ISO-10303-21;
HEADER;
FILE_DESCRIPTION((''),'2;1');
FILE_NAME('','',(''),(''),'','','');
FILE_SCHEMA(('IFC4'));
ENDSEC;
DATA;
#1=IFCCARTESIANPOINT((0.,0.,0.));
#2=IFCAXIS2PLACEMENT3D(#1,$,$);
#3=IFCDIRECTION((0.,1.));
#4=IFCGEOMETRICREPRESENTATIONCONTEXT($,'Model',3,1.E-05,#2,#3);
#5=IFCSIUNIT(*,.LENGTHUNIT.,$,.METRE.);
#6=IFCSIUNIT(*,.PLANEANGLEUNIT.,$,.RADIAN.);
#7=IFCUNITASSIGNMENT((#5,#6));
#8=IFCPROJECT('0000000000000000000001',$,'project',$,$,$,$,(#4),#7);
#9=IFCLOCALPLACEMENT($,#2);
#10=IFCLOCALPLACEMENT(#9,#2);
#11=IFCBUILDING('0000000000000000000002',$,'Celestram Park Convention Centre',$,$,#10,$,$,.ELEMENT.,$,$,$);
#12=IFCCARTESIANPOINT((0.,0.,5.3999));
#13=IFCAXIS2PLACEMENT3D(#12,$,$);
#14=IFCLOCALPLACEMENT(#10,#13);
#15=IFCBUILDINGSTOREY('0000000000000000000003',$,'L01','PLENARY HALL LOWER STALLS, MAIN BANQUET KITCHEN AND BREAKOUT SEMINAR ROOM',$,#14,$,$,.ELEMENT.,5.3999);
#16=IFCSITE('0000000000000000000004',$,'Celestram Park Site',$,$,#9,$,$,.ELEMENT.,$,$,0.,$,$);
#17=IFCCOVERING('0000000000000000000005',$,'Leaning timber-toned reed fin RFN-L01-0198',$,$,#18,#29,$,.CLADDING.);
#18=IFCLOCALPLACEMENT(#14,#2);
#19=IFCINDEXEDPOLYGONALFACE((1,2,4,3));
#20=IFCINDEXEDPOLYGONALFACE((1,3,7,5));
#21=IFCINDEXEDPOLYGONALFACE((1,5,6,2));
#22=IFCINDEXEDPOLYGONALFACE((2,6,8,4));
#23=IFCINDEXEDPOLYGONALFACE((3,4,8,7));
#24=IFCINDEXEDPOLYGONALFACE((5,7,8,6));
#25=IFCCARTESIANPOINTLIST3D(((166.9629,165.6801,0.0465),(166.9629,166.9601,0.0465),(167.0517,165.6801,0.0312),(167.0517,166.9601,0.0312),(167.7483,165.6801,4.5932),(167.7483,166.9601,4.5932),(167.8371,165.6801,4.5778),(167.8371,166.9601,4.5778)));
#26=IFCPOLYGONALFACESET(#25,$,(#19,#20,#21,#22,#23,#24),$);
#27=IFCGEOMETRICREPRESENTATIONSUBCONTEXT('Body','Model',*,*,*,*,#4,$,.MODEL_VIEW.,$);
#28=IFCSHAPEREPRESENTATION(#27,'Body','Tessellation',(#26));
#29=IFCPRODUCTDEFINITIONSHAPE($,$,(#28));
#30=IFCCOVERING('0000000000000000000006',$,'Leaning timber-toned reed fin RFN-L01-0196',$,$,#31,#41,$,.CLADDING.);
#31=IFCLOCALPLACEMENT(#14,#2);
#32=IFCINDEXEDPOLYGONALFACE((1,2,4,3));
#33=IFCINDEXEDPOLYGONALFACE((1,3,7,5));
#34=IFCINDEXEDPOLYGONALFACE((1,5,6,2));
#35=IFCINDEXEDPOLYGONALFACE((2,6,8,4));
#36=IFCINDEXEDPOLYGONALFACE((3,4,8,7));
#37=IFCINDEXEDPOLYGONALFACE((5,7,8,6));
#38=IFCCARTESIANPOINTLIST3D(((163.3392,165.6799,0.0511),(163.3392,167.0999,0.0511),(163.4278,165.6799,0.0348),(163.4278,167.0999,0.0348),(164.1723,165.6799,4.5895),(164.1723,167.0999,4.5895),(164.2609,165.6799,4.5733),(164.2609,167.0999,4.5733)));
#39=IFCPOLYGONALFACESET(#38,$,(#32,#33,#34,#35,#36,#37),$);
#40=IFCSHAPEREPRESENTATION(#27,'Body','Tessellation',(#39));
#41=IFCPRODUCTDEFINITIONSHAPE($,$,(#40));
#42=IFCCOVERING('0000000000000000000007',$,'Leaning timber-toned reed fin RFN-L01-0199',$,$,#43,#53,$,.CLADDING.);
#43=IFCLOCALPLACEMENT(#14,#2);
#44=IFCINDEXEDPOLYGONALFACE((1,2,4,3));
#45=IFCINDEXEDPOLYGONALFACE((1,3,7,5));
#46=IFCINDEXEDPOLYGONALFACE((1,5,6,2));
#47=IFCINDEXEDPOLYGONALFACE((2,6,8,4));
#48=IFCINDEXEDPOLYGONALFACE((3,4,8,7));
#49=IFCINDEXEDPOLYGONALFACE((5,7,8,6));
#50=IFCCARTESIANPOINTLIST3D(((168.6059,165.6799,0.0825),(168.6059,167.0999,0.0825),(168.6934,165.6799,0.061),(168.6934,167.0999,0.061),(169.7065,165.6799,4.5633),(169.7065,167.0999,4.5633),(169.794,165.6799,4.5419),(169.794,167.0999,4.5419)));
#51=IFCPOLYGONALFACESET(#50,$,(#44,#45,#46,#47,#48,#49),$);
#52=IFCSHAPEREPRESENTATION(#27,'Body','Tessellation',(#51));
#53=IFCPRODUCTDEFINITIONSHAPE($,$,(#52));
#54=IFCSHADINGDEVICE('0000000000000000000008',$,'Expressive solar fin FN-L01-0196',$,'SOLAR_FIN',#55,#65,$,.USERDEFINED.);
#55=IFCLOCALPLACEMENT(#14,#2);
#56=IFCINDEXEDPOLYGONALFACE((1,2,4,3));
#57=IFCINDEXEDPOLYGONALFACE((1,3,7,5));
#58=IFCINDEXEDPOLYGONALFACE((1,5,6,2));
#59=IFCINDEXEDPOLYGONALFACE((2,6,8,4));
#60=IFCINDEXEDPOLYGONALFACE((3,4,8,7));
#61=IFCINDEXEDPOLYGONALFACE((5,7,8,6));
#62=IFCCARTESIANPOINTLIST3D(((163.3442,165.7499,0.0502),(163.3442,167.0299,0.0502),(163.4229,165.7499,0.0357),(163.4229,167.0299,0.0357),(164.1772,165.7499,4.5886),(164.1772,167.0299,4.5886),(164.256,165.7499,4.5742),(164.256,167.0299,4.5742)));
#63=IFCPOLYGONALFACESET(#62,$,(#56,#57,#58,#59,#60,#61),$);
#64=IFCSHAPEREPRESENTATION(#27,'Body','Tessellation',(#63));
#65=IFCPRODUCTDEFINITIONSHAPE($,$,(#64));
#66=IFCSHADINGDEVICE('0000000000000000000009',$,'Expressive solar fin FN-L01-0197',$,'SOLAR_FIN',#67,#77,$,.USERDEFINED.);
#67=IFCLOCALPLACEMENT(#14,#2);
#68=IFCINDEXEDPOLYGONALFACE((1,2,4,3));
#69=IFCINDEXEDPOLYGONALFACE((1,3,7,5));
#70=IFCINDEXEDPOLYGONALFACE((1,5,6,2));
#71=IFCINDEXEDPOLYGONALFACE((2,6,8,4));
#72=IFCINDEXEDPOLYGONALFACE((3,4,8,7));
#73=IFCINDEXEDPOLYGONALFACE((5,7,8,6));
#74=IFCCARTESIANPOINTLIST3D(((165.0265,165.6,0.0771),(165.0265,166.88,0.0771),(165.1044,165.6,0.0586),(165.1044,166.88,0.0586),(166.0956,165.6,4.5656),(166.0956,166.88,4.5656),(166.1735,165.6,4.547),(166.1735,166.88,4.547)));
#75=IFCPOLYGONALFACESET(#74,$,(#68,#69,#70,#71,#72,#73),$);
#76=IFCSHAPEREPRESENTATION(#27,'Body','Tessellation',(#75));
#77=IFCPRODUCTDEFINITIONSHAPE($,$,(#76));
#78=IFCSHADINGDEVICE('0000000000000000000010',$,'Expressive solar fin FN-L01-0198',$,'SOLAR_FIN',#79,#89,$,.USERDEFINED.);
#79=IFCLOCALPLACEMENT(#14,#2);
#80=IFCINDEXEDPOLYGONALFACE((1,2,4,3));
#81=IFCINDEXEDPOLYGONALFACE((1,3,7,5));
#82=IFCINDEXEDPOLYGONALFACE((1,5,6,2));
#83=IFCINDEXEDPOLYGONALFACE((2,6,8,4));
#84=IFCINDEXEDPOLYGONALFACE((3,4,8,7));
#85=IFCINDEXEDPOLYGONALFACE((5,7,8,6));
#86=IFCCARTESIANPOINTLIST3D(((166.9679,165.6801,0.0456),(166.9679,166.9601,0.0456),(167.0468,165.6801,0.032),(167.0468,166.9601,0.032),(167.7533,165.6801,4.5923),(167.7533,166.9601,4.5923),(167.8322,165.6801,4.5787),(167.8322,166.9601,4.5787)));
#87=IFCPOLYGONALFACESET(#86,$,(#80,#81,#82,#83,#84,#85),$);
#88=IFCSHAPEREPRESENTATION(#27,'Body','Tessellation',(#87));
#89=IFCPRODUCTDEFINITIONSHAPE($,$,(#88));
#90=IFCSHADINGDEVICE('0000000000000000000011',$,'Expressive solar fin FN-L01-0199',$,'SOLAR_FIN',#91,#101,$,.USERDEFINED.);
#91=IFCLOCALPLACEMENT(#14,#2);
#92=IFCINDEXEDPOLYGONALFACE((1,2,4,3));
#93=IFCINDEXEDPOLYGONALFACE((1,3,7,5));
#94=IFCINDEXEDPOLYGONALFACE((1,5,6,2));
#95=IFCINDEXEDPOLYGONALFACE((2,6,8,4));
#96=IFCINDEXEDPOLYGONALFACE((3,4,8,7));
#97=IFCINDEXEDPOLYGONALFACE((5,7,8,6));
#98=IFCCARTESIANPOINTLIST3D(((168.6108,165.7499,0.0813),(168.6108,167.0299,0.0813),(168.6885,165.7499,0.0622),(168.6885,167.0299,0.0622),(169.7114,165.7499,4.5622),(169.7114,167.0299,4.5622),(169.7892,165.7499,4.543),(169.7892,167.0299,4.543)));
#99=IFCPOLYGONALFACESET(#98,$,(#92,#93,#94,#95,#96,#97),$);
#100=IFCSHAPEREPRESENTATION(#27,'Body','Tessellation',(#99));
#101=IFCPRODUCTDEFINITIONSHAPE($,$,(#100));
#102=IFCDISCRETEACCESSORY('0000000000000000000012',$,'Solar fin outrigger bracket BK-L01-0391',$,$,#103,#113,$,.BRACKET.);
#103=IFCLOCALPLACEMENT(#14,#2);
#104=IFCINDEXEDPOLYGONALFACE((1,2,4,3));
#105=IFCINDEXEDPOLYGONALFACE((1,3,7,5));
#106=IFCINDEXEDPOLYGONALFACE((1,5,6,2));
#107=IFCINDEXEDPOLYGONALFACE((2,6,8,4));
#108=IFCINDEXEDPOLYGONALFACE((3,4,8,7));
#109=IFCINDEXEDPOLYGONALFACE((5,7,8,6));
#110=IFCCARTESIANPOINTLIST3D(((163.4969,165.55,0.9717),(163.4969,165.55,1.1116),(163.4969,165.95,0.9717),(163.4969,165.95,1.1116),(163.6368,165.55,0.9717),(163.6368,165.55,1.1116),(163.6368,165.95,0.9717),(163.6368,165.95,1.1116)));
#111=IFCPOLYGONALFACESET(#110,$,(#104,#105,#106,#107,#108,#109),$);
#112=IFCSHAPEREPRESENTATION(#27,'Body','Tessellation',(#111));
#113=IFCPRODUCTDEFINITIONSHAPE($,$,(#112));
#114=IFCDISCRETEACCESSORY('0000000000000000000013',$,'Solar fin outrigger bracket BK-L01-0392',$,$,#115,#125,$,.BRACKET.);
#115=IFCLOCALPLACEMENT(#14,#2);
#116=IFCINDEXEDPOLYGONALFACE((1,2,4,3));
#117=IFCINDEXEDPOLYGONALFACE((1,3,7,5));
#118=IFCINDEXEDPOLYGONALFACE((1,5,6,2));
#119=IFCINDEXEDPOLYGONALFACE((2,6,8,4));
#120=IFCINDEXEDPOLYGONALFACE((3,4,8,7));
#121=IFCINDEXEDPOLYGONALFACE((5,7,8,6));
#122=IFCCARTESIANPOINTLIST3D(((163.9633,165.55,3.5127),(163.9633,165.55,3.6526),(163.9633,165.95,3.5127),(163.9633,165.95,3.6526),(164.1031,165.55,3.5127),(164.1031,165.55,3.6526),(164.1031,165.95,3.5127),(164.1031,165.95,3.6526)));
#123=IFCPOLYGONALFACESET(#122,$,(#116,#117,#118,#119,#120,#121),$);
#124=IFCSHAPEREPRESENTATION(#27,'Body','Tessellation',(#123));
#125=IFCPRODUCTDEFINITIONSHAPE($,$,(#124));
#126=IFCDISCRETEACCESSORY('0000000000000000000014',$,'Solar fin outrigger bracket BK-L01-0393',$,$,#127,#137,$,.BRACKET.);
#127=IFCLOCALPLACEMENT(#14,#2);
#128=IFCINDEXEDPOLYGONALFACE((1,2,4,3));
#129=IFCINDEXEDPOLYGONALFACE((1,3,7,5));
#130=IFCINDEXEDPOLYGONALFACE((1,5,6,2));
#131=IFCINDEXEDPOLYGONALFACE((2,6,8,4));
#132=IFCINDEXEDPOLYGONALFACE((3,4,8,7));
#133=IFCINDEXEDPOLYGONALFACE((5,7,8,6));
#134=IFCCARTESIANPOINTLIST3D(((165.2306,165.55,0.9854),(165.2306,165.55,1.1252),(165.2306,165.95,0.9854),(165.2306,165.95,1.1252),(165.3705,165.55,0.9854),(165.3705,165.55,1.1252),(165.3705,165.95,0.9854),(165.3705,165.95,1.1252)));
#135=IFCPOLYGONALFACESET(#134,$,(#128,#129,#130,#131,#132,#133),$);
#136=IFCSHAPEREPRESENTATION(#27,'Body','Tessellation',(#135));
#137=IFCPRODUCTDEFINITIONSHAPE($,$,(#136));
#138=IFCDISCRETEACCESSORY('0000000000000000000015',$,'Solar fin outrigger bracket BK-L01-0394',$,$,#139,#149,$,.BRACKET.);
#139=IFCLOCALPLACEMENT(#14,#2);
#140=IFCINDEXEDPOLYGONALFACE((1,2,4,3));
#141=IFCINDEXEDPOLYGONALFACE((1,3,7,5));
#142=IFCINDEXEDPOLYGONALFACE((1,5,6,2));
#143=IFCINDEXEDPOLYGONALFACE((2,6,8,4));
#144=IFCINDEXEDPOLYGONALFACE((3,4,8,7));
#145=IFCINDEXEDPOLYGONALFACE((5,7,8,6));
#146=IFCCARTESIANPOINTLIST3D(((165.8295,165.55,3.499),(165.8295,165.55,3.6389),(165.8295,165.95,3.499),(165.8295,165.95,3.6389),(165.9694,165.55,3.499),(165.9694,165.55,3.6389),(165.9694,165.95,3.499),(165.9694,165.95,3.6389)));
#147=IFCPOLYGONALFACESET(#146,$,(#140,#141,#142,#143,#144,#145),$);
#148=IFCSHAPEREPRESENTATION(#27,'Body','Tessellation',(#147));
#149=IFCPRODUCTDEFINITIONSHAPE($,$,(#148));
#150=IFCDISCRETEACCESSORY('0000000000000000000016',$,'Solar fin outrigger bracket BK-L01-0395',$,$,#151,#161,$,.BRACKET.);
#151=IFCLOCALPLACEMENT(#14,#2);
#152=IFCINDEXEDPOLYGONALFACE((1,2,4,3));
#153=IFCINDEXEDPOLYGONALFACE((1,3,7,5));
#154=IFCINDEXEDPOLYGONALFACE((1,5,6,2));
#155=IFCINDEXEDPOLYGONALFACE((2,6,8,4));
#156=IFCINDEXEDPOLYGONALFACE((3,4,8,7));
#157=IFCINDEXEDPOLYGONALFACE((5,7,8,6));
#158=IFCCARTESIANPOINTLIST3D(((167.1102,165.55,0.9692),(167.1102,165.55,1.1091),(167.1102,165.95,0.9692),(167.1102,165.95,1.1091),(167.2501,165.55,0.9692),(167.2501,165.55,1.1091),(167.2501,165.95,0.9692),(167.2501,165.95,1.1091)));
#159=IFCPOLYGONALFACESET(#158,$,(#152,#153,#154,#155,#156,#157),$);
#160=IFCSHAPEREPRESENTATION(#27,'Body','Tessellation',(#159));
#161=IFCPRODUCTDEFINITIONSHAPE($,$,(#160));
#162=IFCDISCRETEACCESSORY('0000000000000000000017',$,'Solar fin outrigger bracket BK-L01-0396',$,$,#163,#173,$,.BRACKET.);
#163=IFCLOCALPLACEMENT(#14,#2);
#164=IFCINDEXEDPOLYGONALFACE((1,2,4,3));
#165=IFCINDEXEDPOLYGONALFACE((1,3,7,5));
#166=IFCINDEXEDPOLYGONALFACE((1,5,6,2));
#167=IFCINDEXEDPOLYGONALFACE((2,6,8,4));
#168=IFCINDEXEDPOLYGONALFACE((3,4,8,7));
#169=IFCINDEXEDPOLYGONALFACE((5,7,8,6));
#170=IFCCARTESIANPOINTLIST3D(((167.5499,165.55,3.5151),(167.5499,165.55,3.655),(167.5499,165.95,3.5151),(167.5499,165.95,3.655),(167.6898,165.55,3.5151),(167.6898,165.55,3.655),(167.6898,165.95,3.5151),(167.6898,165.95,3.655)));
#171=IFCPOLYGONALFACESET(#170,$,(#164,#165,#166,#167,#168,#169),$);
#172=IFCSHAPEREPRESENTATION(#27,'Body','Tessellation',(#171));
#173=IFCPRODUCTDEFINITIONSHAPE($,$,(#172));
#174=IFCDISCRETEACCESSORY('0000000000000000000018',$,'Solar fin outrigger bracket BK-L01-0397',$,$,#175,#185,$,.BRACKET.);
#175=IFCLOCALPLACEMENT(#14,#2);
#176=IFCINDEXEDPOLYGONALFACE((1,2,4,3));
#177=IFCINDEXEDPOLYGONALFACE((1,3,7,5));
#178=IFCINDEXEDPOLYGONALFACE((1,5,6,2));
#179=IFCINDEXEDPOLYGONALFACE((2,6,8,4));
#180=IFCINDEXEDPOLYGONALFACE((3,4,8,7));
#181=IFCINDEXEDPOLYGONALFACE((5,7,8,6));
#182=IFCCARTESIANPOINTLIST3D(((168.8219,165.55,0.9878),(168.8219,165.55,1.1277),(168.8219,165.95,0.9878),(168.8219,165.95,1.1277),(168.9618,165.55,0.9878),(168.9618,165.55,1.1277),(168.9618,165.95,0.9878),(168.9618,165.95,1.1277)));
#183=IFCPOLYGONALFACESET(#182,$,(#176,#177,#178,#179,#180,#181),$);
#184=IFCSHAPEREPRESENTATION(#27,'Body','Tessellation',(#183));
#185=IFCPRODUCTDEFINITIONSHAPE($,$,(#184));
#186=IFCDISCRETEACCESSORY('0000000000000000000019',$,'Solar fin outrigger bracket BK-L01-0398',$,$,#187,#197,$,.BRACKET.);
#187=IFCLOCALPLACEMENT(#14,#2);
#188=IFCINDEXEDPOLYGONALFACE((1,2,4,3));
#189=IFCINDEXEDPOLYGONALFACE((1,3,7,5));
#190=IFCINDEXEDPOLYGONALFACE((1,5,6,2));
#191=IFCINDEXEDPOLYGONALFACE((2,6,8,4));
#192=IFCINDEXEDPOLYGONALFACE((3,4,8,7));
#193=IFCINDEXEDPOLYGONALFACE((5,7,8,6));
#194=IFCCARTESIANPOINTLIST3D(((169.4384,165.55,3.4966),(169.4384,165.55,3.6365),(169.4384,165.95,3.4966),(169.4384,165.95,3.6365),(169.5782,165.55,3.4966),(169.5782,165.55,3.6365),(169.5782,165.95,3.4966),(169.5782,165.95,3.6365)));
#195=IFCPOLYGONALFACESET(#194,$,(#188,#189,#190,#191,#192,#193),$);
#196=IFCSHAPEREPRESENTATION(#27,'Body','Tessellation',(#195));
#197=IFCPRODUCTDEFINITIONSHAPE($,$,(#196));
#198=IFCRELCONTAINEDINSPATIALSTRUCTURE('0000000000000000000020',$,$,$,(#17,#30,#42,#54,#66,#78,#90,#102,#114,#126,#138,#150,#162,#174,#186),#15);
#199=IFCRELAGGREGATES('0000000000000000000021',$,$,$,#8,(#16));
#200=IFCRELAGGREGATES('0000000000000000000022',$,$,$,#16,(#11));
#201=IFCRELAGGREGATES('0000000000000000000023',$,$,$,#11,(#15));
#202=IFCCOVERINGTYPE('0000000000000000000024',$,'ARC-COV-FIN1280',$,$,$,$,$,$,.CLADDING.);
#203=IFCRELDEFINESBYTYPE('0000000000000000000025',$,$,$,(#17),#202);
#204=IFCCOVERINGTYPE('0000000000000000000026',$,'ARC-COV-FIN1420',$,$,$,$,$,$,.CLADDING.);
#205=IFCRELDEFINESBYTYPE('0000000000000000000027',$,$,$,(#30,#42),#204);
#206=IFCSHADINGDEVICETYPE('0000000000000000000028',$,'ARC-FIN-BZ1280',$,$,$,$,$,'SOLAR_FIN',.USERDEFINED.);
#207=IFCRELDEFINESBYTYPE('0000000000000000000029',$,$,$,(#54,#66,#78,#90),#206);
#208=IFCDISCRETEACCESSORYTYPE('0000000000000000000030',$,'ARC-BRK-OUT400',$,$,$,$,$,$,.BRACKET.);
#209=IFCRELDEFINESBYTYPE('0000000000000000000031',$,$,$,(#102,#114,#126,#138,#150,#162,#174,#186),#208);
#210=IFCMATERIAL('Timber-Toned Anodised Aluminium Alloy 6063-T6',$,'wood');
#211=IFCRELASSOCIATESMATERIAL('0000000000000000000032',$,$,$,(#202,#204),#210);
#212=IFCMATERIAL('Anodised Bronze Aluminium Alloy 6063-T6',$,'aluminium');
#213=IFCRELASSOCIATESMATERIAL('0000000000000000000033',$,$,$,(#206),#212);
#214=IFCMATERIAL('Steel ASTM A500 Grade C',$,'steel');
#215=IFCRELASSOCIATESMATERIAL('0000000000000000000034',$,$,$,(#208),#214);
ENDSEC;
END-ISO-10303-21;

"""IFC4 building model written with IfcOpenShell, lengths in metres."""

from ifc_helpers import new_model, si_unit, direction, frame, origin, origin_2d, place, context, subcontext, project, spatial, rectangle, extrude, material, material_profile, profile_set, type_object, element, save


model = new_model("IFC4")

# Units and contexts
model_context = context("Model", 3, precision=1e-05, world=origin(), true_north=direction((0.0, 1.0)))
body_context = subcontext(model_context, "Body", "Model", "MODEL_VIEW")
ifc_project = project(units=[si_unit("LENGTHUNIT", "METRE"), si_unit("PLANEANGLEUNIT", "RADIAN")], contexts=[model_context])

# Site, building, storey
site_placement = place(None, origin())
site = spatial("IfcSite", under=ifc_project, at=site_placement, Name="Celestram Park Site", CompositionType="ELEMENT", RefElevation=0.0)
building_placement = place(site_placement, origin())
building = spatial("IfcBuilding", under=site, at=building_placement, Name="Celestram Park Convention Centre", CompositionType="ELEMENT")
storey_placement = place(building_placement, frame((0.0, 0.0, 5.3999)))
storey = spatial("IfcBuildingStorey", under=building, at=storey_placement, Name="L01", Description="PLENARY HALL LOWER STALLS, MAIN BANQUET KITCHEN AND BREAKOUT SEMINAR ROOM", CompositionType="ELEMENT", Elevation=5.3999)

# Coverings
ifc_material_1 = material(Name="Timber-Toned Anodised Aluminium Alloy 6063-T6", Category="wood")
ifc_material_profile_1 = material_profile(ifc_material_1, rectangle(XDim=1.28, YDim=0.0901, at=origin_2d()), Name="REED1280X90")
ifc_profile_set_1 = profile_set([ifc_material_profile_1], Name="Timber-Toned Anodised Aluminium Alloy 6063-T6")
covering_type_1 = type_object("IfcCoveringType", Name="ARC-COV-FIN1280", PredefinedType="CLADDING", material=ifc_profile_set_1)
covering_1_placement = place(storey_placement, frame((167.0073, 166.3201, 0.0388), z_axis=(0.170222, 0.0, 0.985406), x_axis=(0.0, 1.0, 0.0)))
element("IfcCovering", 1, at=covering_1_placement, inside=storey, type_object=covering_type_1, Name="Leaning timber-toned reed fin RFN-L01-0198", PredefinedType="CLADDING", context=body_context, shape_type="SweptSolid", body=[
    extrude(rectangle(XDim=1.28, YDim=0.0901, at=origin_2d()), origin(), (0.0, 0.0, 1.0), 4.614),
])
ifc_material_profile_2 = material_profile(ifc_material_1, rectangle(XDim=1.4199, YDim=0.0901, at=origin_2d()), Name="REED1420X90")
ifc_profile_set_2 = profile_set([ifc_material_profile_2], Name="Timber-Toned Anodised Aluminium Alloy 6063-T6")
covering_type_2 = type_object("IfcCoveringType", Name="ARC-COV-FIN1420", PredefinedType="CLADDING", material=ifc_profile_set_2)
covering_2_placement = place(storey_placement, frame((163.3835, 166.3899, 0.043), z_axis=(0.180533, 0.0, 0.983569), x_axis=(0.0, 1.0, 0.0)))
element("IfcCovering", 2, at=covering_2_placement, inside=storey, type_object=covering_type_2, Name="Leaning timber-toned reed fin RFN-L01-0196", PredefinedType="CLADDING", context=body_context, shape_type="SweptSolid", body=[
    extrude(rectangle(XDim=1.4199, YDim=0.0901, at=origin_2d()), origin(), (0.0, 0.0, 1.0), 4.6143),
])
covering_3_placement = place(storey_placement, frame((168.6497, 166.3899, 0.0718), z_axis=(0.238537, 0.0, 0.971133), x_axis=(0.0, 1.0, 0.0)))
element("IfcCovering", 3, at=covering_3_placement, inside=storey, type_object=covering_type_2, Name="Leaning timber-toned reed fin RFN-L01-0199", PredefinedType="CLADDING", context=body_context, shape_type="SweptSolid", body=[
    extrude(rectangle(XDim=1.4199, YDim=0.0901, at=origin_2d()), origin(), (0.0, 0.0, 1.0), 4.614),
])

# Shading devices
ifc_material_2 = material(Name="Anodised Bronze Aluminium Alloy 6063-T6", Category="aluminium")
ifc_material_profile_3 = material_profile(ifc_material_2, rectangle(XDim=1.28, YDim=0.0801, at=origin_2d()), Name="FIN1280X80")
ifc_profile_set_3 = profile_set([ifc_material_profile_3], Name="Anodised Bronze Aluminium Alloy 6063-T6")
shading_device_type = type_object("IfcShadingDeviceType", Name="ARC-FIN-BZ1280", ElementType="SOLAR_FIN", PredefinedType="USERDEFINED", material=ifc_profile_set_3)
shading_device_placement = place(storey_placement, frame((163.3835, 166.3899, 0.043), z_axis=(0.180533, 0.0, 0.983569), x_axis=(0.0, 1.0, 0.0)))
element("IfcShadingDevice", 4, at=shading_device_placement, inside=storey, type_object=shading_device_type, Name="Expressive solar fin FN-L01-0196", ObjectType="SOLAR_FIN", PredefinedType="USERDEFINED", context=body_context, shape_type="SweptSolid", body=[
    extrude(rectangle(XDim=1.28, YDim=0.0801, at=origin_2d()), origin(), (0.0, 0.0, 1.0), 4.6143),
])
for number, where, z_axis, x_axis, name in (
    (5, (165.0654, 166.24, 0.0679), (0.231702, 0.0, 0.972787), (0.0, 1.0, 0.0), "Expressive solar fin FN-L01-0197"),
    (6, (167.0073, 166.3201, 0.0388), (0.170222, 0.0, 0.985406), (0.0, 1.0, 0.0), "Expressive solar fin FN-L01-0198"),
    (7, (168.6497, 166.3899, 0.0718), (0.238537, 0.0, 0.971133), (0.0, 1.0, 0.0), "Expressive solar fin FN-L01-0199"),
):
    element("IfcShadingDevice", number, at=place(storey_placement, frame(where, z_axis=z_axis, x_axis=x_axis)), inside=storey, type_object=shading_device_type, Name=name, ObjectType="SOLAR_FIN", PredefinedType="USERDEFINED", context=body_context, shape_type="SweptSolid", body=[
        extrude(rectangle(XDim=1.28, YDim=0.0801, at=origin_2d()), origin(), (0.0, 0.0, 1.0), 4.614),
    ])

# Discrete accessories
ifc_material_3 = material(Name="Steel ASTM A500 Grade C", Category="steel")
discrete_accessory_type = type_object("IfcDiscreteAccessoryType", Name="ARC-BRK-OUT400", PredefinedType="BRACKET", material=ifc_material_3)
for number, where, z_axis, x_axis, name in (
    (8, (163.5669, 165.75, 0.9717), (0.0, 0.0, 1.0), (0.0, 1.0, 0.0), "Solar fin outrigger bracket BK-L01-0391"),
    (9, (164.0332, 165.75, 3.5127), (0.0, 0.0, 1.0), (0.0, 1.0, 0.0), "Solar fin outrigger bracket BK-L01-0392"),
    (10, (165.3005, 165.75, 0.9854), (0.0, 0.0, 1.0), (0.0, 1.0, 0.0), "Solar fin outrigger bracket BK-L01-0393"),
    (11, (165.8994, 165.75, 3.499), (0.0, 0.0, 1.0), (0.0, 1.0, 0.0), "Solar fin outrigger bracket BK-L01-0394"),
    (12, (167.1802, 165.75, 0.9692), (0.0, 0.0, 1.0), (0.0, 1.0, 0.0), "Solar fin outrigger bracket BK-L01-0395"),
    (13, (167.6199, 165.75, 3.5151), (0.0, 0.0, 1.0), (0.0, 1.0, 0.0), "Solar fin outrigger bracket BK-L01-0396"),
    (14, (168.8918, 165.75, 0.9878), (0.0, 0.0, 1.0), (0.0, 1.0, 0.0), "Solar fin outrigger bracket BK-L01-0397"),
    (15, (169.5083, 165.75, 3.4966), (0.0, 0.0, 1.0), (0.0, 1.0, 0.0), "Solar fin outrigger bracket BK-L01-0398"),
):
    element("IfcDiscreteAccessory", number, at=place(storey_placement, frame(where, z_axis=z_axis, x_axis=x_axis)), inside=storey, type_object=discrete_accessory_type, Name=name, PredefinedType="BRACKET", context=body_context, shape_type="SweptSolid", body=[
        extrude(rectangle(XDim=0.3999, YDim=0.1399, at=origin_2d()), origin(), (0.0, 0.0, 1.0), 0.1399),
    ])

save(model, "model.ifc")
